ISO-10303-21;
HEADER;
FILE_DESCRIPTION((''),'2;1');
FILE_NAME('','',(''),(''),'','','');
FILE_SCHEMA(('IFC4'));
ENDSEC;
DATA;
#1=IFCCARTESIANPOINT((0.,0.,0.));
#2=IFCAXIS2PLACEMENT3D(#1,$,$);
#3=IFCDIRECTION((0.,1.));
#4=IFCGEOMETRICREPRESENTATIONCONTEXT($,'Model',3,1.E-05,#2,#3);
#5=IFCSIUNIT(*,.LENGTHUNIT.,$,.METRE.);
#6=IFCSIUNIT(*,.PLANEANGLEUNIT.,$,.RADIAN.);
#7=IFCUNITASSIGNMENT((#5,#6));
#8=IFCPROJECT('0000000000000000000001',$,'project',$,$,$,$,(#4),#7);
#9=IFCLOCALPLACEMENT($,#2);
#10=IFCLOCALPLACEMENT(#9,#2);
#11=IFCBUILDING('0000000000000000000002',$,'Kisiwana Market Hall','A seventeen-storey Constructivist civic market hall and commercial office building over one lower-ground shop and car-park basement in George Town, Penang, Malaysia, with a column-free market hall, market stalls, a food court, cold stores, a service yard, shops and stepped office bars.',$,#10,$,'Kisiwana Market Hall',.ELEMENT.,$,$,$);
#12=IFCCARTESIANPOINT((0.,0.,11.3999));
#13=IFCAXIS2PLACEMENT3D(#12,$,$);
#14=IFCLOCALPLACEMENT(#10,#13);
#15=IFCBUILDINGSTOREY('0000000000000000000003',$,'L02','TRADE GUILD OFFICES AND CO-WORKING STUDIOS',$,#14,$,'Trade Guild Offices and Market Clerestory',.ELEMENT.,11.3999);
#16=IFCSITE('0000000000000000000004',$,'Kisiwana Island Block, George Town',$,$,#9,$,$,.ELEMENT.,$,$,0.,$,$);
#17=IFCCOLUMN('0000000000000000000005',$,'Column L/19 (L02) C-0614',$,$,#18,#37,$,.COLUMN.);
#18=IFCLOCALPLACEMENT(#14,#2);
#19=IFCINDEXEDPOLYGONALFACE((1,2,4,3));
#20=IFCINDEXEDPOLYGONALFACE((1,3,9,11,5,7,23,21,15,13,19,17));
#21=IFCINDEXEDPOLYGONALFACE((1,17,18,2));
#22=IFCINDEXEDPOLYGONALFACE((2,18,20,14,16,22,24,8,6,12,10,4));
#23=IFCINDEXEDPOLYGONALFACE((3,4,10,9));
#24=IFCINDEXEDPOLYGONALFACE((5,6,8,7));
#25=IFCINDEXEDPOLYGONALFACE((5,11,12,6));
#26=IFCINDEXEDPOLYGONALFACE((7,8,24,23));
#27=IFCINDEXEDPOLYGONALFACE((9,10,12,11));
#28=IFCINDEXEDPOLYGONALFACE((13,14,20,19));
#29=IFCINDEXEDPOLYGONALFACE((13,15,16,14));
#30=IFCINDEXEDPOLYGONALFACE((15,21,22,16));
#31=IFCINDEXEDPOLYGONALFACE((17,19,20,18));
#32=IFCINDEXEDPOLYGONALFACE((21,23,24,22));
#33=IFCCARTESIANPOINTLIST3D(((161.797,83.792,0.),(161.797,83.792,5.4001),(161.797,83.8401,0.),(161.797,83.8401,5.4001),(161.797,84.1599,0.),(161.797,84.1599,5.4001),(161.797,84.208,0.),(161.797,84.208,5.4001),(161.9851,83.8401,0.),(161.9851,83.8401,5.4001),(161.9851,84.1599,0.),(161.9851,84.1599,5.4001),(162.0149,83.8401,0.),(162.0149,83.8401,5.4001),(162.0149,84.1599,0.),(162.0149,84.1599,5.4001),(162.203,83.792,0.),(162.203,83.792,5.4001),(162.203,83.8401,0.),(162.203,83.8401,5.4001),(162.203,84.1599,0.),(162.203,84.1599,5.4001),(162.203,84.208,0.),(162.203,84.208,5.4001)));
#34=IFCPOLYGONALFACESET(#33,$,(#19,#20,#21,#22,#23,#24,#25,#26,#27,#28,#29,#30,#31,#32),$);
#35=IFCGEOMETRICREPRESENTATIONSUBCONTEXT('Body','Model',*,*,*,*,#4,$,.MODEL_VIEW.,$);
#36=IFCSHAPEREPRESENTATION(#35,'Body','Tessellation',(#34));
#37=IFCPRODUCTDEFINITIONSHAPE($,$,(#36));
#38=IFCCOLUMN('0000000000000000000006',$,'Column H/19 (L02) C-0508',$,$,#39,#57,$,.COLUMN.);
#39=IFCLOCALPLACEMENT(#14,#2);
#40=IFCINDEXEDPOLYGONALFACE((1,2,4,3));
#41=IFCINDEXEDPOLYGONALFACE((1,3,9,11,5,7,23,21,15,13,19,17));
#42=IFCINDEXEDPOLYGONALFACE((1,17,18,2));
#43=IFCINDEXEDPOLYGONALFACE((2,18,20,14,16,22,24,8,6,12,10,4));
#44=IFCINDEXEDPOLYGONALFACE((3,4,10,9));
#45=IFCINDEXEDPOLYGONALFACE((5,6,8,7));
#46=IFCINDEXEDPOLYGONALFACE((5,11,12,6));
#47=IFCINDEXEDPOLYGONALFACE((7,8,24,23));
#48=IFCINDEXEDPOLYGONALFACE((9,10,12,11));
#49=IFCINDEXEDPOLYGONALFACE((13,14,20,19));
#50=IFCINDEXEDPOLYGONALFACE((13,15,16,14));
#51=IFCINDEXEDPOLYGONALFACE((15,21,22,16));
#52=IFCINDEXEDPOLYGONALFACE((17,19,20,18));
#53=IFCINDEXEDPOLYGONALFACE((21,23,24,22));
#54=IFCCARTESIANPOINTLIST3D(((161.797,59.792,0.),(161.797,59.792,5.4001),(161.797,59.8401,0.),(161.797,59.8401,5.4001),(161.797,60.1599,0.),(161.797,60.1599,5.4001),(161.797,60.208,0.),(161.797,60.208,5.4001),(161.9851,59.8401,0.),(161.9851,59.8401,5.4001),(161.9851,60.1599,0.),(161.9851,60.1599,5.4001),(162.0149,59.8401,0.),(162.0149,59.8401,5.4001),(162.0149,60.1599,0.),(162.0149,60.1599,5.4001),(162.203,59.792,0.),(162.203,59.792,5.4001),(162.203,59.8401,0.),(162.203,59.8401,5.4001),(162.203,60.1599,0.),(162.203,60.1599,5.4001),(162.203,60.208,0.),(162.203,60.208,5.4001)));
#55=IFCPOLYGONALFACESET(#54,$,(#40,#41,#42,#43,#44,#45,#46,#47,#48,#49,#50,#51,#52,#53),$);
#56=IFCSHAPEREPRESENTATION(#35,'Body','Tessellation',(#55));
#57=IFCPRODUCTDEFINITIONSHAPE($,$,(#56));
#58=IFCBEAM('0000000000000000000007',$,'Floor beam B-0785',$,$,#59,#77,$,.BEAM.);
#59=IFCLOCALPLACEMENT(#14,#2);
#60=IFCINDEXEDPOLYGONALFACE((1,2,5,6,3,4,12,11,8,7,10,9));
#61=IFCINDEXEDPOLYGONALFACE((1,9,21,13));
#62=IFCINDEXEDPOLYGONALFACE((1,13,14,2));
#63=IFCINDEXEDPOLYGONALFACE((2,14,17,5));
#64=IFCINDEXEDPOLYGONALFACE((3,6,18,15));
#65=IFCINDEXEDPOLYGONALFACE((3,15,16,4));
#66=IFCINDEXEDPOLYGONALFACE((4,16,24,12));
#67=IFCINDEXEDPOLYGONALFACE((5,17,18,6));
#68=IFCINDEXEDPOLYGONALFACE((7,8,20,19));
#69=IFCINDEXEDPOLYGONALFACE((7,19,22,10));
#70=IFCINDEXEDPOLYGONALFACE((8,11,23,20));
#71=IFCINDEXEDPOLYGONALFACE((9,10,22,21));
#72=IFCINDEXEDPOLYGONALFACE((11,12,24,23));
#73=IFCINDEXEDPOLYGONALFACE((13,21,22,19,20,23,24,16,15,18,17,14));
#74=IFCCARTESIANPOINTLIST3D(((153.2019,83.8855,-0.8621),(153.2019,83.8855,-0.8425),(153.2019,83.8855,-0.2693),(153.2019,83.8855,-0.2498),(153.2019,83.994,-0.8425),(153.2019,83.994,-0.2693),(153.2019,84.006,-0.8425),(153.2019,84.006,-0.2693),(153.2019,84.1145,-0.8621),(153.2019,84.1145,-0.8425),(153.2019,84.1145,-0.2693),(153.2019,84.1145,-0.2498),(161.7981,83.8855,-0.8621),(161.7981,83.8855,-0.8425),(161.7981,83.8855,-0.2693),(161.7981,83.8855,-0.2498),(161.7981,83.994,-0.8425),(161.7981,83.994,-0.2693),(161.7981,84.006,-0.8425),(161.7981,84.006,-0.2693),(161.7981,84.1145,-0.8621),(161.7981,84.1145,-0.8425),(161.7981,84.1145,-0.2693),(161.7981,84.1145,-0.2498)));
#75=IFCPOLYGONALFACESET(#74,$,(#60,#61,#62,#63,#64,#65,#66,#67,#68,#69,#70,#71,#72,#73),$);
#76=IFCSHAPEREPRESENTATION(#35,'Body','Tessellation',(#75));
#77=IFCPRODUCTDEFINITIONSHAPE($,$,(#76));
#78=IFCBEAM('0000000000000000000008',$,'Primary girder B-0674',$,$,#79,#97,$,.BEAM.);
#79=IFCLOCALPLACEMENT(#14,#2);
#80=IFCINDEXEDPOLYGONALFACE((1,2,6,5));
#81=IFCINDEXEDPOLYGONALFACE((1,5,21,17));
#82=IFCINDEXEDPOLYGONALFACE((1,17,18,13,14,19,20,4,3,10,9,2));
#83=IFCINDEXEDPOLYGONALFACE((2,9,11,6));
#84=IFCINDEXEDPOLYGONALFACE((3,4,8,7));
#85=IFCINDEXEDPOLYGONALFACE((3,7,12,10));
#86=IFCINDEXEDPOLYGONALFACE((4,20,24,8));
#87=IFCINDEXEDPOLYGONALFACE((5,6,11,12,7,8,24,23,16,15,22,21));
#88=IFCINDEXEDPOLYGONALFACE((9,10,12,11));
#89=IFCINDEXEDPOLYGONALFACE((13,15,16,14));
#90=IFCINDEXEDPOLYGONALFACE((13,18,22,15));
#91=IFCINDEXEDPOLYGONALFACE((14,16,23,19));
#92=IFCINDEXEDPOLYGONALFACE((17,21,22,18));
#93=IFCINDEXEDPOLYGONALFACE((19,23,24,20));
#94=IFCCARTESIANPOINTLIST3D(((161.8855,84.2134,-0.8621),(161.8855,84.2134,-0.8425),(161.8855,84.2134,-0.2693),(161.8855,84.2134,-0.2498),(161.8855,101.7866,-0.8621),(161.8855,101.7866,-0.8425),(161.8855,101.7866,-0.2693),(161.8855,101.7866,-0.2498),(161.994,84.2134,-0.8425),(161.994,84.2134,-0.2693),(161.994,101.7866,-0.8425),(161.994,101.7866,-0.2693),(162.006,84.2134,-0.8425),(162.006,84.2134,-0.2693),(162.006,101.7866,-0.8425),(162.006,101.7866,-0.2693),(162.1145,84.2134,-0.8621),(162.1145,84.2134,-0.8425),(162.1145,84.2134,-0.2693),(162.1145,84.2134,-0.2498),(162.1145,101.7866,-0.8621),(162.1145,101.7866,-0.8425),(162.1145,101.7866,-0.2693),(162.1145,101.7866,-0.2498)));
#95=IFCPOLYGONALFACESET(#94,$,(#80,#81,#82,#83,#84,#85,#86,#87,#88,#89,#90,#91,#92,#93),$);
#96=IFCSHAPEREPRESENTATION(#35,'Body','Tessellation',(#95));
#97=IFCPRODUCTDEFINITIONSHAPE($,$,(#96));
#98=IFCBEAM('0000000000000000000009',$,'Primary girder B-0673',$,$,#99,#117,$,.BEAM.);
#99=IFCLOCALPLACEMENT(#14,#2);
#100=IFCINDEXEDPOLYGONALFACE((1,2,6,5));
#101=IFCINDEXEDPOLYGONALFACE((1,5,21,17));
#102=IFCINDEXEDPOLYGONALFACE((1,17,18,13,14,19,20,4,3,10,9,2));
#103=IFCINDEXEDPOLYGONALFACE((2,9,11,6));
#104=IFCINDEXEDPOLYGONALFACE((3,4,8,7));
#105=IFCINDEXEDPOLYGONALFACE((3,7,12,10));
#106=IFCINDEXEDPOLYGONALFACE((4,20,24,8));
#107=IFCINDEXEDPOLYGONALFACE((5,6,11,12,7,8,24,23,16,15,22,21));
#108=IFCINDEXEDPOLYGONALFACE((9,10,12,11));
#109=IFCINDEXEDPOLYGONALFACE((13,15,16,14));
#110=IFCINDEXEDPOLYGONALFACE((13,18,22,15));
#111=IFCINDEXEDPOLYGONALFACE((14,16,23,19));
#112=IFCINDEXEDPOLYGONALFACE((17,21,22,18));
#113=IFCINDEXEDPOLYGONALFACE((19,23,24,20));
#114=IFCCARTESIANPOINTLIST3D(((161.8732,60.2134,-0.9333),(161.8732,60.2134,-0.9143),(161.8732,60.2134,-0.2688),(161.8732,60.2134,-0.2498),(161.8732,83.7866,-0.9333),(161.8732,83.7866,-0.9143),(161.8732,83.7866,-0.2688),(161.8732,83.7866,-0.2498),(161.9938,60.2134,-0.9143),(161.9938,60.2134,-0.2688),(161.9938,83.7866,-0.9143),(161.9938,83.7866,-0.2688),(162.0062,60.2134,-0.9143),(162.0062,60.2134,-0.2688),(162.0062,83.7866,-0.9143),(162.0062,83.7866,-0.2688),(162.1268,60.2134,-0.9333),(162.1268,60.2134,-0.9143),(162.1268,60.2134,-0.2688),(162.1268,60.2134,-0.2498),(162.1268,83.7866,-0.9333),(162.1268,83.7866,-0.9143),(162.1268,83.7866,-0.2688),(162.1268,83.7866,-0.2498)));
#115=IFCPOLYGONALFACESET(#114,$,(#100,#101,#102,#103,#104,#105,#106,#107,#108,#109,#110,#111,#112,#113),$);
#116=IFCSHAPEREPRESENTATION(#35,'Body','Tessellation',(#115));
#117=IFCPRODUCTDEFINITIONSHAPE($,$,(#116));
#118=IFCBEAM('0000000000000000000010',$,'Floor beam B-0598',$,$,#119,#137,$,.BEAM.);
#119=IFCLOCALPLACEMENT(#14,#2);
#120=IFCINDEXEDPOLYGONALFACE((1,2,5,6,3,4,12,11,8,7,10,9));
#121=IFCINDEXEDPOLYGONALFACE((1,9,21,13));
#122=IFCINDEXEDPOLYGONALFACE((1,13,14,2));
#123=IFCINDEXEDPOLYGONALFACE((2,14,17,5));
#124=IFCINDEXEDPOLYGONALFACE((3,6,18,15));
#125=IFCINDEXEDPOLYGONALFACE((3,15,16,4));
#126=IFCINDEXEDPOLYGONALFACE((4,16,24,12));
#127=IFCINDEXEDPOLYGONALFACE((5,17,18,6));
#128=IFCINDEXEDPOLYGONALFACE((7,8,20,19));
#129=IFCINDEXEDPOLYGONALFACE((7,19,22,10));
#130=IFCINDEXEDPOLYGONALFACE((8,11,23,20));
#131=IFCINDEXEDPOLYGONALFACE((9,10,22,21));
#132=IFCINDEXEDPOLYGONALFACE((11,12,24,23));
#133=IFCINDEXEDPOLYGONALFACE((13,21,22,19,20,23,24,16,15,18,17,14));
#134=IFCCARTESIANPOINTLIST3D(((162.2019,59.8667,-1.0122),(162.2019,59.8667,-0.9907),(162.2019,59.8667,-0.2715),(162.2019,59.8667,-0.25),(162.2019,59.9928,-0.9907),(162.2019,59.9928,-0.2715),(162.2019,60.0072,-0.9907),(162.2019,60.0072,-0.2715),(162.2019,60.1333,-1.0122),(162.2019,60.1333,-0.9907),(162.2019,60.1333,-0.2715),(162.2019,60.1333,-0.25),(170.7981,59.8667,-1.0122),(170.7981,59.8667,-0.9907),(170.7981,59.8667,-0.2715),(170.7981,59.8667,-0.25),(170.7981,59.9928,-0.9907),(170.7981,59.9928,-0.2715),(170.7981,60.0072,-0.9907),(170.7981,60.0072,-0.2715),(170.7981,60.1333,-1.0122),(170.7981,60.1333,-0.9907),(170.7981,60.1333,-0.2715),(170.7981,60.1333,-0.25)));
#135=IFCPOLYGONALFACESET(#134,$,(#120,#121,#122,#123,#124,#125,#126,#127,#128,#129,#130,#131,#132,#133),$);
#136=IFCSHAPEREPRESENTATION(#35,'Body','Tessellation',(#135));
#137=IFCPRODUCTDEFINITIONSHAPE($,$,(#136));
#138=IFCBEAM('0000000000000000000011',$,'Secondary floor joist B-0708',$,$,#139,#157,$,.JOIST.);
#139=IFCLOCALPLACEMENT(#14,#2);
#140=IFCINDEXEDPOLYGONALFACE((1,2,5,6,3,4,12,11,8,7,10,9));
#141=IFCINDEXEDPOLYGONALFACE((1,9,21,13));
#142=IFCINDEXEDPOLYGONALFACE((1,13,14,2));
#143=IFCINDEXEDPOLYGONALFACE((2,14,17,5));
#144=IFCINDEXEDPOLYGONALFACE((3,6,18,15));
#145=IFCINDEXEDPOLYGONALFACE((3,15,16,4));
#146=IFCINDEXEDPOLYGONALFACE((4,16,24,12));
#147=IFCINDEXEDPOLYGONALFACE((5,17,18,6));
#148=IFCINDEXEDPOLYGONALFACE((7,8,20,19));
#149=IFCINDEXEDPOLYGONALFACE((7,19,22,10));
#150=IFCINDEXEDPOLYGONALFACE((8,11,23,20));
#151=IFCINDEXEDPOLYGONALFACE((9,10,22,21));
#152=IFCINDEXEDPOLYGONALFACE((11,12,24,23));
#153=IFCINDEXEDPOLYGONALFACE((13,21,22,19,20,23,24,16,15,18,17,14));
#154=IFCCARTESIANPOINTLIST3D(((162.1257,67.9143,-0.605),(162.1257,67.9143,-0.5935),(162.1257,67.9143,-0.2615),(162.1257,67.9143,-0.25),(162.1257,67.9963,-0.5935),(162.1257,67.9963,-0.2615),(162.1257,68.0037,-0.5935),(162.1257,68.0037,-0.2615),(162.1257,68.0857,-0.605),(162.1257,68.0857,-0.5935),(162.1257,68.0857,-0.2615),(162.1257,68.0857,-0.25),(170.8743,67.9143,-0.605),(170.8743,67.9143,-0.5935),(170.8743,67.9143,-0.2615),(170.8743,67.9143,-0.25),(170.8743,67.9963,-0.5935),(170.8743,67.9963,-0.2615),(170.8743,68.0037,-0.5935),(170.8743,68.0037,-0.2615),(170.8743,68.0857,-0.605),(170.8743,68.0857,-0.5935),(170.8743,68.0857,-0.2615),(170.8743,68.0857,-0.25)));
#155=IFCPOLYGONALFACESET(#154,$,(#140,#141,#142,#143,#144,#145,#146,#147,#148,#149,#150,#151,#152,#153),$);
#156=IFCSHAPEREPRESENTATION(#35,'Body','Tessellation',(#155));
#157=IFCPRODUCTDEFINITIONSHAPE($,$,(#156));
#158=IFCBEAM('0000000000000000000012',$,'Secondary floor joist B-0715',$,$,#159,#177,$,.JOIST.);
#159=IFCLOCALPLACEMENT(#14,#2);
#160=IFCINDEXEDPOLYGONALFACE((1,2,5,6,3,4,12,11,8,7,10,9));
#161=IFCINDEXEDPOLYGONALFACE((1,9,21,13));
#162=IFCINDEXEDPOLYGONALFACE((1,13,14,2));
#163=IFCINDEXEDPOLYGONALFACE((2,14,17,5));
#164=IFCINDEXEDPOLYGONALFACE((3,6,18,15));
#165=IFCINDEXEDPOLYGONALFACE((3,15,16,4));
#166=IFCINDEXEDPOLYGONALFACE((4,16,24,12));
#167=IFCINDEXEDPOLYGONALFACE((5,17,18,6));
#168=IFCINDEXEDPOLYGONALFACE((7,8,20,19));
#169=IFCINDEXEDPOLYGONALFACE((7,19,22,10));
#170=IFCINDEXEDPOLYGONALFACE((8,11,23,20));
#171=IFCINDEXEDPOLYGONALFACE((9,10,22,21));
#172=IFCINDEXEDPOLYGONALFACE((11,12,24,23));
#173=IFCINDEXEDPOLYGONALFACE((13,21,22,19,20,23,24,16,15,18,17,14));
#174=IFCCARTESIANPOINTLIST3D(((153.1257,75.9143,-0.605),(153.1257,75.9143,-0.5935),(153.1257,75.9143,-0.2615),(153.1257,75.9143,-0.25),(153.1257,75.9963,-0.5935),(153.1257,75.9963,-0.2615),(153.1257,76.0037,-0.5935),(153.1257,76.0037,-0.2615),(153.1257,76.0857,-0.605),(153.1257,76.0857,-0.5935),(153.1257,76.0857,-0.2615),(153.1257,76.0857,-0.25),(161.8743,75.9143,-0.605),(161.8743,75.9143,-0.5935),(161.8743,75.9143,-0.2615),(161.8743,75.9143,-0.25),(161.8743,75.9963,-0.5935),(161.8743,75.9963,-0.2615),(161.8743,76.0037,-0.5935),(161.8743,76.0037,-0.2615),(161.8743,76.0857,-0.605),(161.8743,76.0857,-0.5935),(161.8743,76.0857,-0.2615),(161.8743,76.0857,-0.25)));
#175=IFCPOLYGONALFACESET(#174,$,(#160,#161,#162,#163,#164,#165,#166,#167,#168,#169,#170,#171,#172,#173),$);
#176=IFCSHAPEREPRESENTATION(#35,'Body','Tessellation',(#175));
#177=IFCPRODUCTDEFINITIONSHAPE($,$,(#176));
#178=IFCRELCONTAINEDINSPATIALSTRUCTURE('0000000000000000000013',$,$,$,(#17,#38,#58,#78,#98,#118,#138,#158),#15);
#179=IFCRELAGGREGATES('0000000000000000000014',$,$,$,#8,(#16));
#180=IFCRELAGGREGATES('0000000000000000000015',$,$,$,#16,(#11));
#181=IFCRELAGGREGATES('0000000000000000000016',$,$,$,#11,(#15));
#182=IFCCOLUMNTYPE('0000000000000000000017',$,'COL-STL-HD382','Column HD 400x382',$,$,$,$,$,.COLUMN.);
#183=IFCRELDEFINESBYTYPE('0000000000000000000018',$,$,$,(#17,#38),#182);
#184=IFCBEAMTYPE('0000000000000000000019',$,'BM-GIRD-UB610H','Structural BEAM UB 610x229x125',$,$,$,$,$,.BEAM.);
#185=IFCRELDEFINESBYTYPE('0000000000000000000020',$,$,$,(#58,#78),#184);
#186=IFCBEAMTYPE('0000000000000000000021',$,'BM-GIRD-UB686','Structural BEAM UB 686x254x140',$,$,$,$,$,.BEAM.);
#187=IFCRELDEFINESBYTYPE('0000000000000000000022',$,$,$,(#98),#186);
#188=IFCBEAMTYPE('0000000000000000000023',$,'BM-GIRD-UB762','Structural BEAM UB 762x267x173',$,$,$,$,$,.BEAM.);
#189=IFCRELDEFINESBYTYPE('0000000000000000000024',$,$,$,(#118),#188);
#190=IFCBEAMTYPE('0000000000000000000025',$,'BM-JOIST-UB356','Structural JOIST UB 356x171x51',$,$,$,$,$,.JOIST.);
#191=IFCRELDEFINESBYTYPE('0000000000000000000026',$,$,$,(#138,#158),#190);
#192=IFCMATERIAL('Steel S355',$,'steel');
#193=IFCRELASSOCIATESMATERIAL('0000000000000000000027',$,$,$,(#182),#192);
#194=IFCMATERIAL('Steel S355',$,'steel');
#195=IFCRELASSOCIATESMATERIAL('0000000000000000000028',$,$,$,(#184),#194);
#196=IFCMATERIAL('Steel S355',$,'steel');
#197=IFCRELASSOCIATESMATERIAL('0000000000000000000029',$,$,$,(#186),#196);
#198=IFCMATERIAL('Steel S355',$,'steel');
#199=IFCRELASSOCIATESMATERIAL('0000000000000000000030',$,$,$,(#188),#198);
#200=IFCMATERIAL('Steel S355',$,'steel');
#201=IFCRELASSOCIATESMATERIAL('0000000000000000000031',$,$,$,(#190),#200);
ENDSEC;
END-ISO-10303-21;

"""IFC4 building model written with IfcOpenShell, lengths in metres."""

from ifc_helpers import new_model, si_unit, direction, frame, origin, origin_2d, place, context, subcontext, project, spatial, i_section, extrude, material, material_profile, profile_set, type_object, element, save


model = new_model("IFC4")

# Units and contexts
model_context = context("Model", 3, precision=1e-05, world=origin(), true_north=direction((0.0, 1.0)))
body_context = subcontext(model_context, "Body", "Model", "MODEL_VIEW")
ifc_project = project(units=[si_unit("LENGTHUNIT", "METRE"), si_unit("PLANEANGLEUNIT", "RADIAN")], contexts=[model_context])

# Site, building, storey
site_placement = place(None, origin())
site = spatial("IfcSite", under=ifc_project, at=site_placement, Name="Kisiwana Island Block, George Town", CompositionType="ELEMENT", RefElevation=0.0)
building_placement = place(site_placement, origin())
building = spatial("IfcBuilding", under=site, at=building_placement, Name="Kisiwana Market Hall", Description="A seventeen-storey Constructivist civic market hall and commercial office building over one lower-ground shop and car-park basement in George Town, Penang, Malaysia, with a column-free market hall, market stalls, a food court, cold stores, a service yard, shops and stepped office bars.", LongName="Kisiwana Market Hall", CompositionType="ELEMENT")
storey_placement = place(building_placement, frame((0.0, 0.0, 11.3999)))
storey = spatial("IfcBuildingStorey", under=building, at=storey_placement, Name="L02", Description="TRADE GUILD OFFICES AND CO-WORKING STUDIOS", LongName="Trade Guild Offices and Market Clerestory", CompositionType="ELEMENT", Elevation=11.3999)

# Columns
ifc_material_1 = material(Name="Steel S355", Category="steel")
ifc_material_profile_1 = material_profile(ifc_material_1, i_section(OverallWidth=0.406, OverallDepth=0.416, WebThickness=0.0298, FlangeThickness=0.0481, at=origin_2d()), Name="HD 400x382")
ifc_profile_set_1 = profile_set([ifc_material_profile_1], Name="Steel S355")
column_type = type_object("IfcColumnType", Name="COL-STL-HD382", Description="Column HD 400x382", PredefinedType="COLUMN", material=ifc_profile_set_1)
for number, where, z_axis, x_axis, name in (
    (1, (162.0, 84.0, 0.0), (0.0, 0.0, 1.0), (1.0, 0.0, 0.0), "Column L/19 (L02) C-0614"),
    (2, (162.0, 60.0, 0.0), (0.0, 0.0, 1.0), (1.0, 0.0, 0.0), "Column H/19 (L02) C-0508"),
):
    element("IfcColumn", number, at=place(storey_placement, frame(where, z_axis=z_axis, x_axis=x_axis)), inside=storey, type_object=column_type, Name=name, PredefinedType="COLUMN", context=body_context, shape_type="SweptSolid", body=[
        extrude(i_section(OverallWidth=0.406, OverallDepth=0.416, WebThickness=0.0298, FlangeThickness=0.0481, at=origin_2d()), origin(), (0.0, 0.0, 1.0), 5.4001),
    ])

# Beams
ifc_material_2 = material(Name="Steel S355", Category="steel")
ifc_material_profile_2 = material_profile(ifc_material_2, i_section(OverallWidth=0.229, OverallDepth=0.6123, WebThickness=0.012, FlangeThickness=0.0195, at=origin_2d()), Name="UB 610x229x125")
ifc_profile_set_2 = profile_set([ifc_material_profile_2], Name="Steel S355")
beam_type_1 = type_object("IfcBeamType", Name="BM-GIRD-UB610H", Description="Structural BEAM UB 610x229x125", PredefinedType="BEAM", material=ifc_profile_set_2)
beam_1_placement = place(storey_placement, frame((153.2019, 84.0, -0.5559), z_axis=(1.0, 0.0, 0.0), x_axis=(0.0, 1.0, 0.0)))
element("IfcBeam", 3, at=beam_1_placement, inside=storey, type_object=beam_type_1, Name="Floor beam B-0785", PredefinedType="BEAM", context=body_context, shape_type="SweptSolid", body=[
    extrude(i_section(OverallWidth=0.229, OverallDepth=0.6123, WebThickness=0.012, FlangeThickness=0.0195, at=origin_2d()), origin(), (0.0, 0.0, 1.0), 8.5962),
])
beam_2_placement = place(storey_placement, frame((162.0, 84.2134, -0.5559), z_axis=(0.0, 1.0, 0.0), x_axis=(-1.0, 0.0, 0.0)))
element("IfcBeam", 4, at=beam_2_placement, inside=storey, type_object=beam_type_1, Name="Primary girder B-0674", PredefinedType="BEAM", context=body_context, shape_type="SweptSolid", body=[
    extrude(i_section(OverallWidth=0.229, OverallDepth=0.6123, WebThickness=0.012, FlangeThickness=0.0195, at=origin_2d()), origin(), (0.0, 0.0, 1.0), 17.5732),
])
ifc_material_3 = material(Name="Steel S355", Category="steel")
ifc_material_profile_3 = material_profile(ifc_material_3, i_section(OverallWidth=0.2537, OverallDepth=0.6836, WebThickness=0.0125, FlangeThickness=0.019, at=origin_2d()), Name="UB 686x254x140")
ifc_profile_set_3 = profile_set([ifc_material_profile_3], Name="Steel S355")
beam_type_2 = type_object("IfcBeamType", Name="BM-GIRD-UB686", Description="Structural BEAM UB 686x254x140", PredefinedType="BEAM", material=ifc_profile_set_3)
beam_3_placement = place(storey_placement, frame((162.0, 60.2134, -0.5916), z_axis=(0.0, 1.0, 0.0), x_axis=(-1.0, 0.0, 0.0)))
element("IfcBeam", 5, at=beam_3_placement, inside=storey, type_object=beam_type_2, Name="Primary girder B-0673", PredefinedType="BEAM", context=body_context, shape_type="SweptSolid", body=[
    extrude(i_section(OverallWidth=0.2537, OverallDepth=0.6836, WebThickness=0.0125, FlangeThickness=0.019, at=origin_2d()), origin(), (0.0, 0.0, 1.0), 23.5732),
])
ifc_material_4 = material(Name="Steel S355", Category="steel")
ifc_material_profile_4 = material_profile(ifc_material_4, i_section(OverallWidth=0.2666, OverallDepth=0.7622, WebThickness=0.0144, FlangeThickness=0.0215, at=origin_2d()), Name="UB 762x267x173")
ifc_profile_set_4 = profile_set([ifc_material_profile_4], Name="Steel S355")
beam_type_3 = type_object("IfcBeamType", Name="BM-GIRD-UB762", Description="Structural BEAM UB 762x267x173", PredefinedType="BEAM", material=ifc_profile_set_4)
beam_4_placement = place(storey_placement, frame((162.2019, 60.0, -0.6311), z_axis=(1.0, 0.0, 0.0), x_axis=(0.0, 1.0, 0.0)))
element("IfcBeam", 6, at=beam_4_placement, inside=storey, type_object=beam_type_3, Name="Floor beam B-0598", PredefinedType="BEAM", context=body_context, shape_type="SweptSolid", body=[
    extrude(i_section(OverallWidth=0.2666, OverallDepth=0.7622, WebThickness=0.0144, FlangeThickness=0.0215, at=origin_2d()), origin(), (0.0, 0.0, 1.0), 8.5962),
])
ifc_material_5 = material(Name="Steel S355", Category="steel")
ifc_material_profile_5 = material_profile(ifc_material_5, i_section(OverallWidth=0.1714, OverallDepth=0.355, WebThickness=0.0073, FlangeThickness=0.0115, at=origin_2d()), Name="UB 356x171x51")
ifc_profile_set_5 = profile_set([ifc_material_profile_5], Name="Steel S355")
beam_type_4 = type_object("IfcBeamType", Name="BM-JOIST-UB356", Description="Structural JOIST UB 356x171x51", PredefinedType="JOIST", material=ifc_profile_set_5)
for number, where, z_axis, x_axis, name in (
    (7, (162.1257, 68.0, -0.4275), (1.0, 0.0, 0.0), (0.0, 1.0, 0.0), "Secondary floor joist B-0708"),
    (8, (153.1257, 76.0, -0.4275), (1.0, 0.0, 0.0), (0.0, 1.0, 0.0), "Secondary floor joist B-0715"),
):
    element("IfcBeam", number, at=place(storey_placement, frame(where, z_axis=z_axis, x_axis=x_axis)), inside=storey, type_object=beam_type_4, Name=name, PredefinedType="JOIST", context=body_context, shape_type="SweptSolid", body=[
        extrude(i_section(OverallWidth=0.1714, OverallDepth=0.355, WebThickness=0.0073, FlangeThickness=0.0115, at=origin_2d()), origin(), (0.0, 0.0, 1.0), 8.7485),
    ])

save(model, "model.ifc")
